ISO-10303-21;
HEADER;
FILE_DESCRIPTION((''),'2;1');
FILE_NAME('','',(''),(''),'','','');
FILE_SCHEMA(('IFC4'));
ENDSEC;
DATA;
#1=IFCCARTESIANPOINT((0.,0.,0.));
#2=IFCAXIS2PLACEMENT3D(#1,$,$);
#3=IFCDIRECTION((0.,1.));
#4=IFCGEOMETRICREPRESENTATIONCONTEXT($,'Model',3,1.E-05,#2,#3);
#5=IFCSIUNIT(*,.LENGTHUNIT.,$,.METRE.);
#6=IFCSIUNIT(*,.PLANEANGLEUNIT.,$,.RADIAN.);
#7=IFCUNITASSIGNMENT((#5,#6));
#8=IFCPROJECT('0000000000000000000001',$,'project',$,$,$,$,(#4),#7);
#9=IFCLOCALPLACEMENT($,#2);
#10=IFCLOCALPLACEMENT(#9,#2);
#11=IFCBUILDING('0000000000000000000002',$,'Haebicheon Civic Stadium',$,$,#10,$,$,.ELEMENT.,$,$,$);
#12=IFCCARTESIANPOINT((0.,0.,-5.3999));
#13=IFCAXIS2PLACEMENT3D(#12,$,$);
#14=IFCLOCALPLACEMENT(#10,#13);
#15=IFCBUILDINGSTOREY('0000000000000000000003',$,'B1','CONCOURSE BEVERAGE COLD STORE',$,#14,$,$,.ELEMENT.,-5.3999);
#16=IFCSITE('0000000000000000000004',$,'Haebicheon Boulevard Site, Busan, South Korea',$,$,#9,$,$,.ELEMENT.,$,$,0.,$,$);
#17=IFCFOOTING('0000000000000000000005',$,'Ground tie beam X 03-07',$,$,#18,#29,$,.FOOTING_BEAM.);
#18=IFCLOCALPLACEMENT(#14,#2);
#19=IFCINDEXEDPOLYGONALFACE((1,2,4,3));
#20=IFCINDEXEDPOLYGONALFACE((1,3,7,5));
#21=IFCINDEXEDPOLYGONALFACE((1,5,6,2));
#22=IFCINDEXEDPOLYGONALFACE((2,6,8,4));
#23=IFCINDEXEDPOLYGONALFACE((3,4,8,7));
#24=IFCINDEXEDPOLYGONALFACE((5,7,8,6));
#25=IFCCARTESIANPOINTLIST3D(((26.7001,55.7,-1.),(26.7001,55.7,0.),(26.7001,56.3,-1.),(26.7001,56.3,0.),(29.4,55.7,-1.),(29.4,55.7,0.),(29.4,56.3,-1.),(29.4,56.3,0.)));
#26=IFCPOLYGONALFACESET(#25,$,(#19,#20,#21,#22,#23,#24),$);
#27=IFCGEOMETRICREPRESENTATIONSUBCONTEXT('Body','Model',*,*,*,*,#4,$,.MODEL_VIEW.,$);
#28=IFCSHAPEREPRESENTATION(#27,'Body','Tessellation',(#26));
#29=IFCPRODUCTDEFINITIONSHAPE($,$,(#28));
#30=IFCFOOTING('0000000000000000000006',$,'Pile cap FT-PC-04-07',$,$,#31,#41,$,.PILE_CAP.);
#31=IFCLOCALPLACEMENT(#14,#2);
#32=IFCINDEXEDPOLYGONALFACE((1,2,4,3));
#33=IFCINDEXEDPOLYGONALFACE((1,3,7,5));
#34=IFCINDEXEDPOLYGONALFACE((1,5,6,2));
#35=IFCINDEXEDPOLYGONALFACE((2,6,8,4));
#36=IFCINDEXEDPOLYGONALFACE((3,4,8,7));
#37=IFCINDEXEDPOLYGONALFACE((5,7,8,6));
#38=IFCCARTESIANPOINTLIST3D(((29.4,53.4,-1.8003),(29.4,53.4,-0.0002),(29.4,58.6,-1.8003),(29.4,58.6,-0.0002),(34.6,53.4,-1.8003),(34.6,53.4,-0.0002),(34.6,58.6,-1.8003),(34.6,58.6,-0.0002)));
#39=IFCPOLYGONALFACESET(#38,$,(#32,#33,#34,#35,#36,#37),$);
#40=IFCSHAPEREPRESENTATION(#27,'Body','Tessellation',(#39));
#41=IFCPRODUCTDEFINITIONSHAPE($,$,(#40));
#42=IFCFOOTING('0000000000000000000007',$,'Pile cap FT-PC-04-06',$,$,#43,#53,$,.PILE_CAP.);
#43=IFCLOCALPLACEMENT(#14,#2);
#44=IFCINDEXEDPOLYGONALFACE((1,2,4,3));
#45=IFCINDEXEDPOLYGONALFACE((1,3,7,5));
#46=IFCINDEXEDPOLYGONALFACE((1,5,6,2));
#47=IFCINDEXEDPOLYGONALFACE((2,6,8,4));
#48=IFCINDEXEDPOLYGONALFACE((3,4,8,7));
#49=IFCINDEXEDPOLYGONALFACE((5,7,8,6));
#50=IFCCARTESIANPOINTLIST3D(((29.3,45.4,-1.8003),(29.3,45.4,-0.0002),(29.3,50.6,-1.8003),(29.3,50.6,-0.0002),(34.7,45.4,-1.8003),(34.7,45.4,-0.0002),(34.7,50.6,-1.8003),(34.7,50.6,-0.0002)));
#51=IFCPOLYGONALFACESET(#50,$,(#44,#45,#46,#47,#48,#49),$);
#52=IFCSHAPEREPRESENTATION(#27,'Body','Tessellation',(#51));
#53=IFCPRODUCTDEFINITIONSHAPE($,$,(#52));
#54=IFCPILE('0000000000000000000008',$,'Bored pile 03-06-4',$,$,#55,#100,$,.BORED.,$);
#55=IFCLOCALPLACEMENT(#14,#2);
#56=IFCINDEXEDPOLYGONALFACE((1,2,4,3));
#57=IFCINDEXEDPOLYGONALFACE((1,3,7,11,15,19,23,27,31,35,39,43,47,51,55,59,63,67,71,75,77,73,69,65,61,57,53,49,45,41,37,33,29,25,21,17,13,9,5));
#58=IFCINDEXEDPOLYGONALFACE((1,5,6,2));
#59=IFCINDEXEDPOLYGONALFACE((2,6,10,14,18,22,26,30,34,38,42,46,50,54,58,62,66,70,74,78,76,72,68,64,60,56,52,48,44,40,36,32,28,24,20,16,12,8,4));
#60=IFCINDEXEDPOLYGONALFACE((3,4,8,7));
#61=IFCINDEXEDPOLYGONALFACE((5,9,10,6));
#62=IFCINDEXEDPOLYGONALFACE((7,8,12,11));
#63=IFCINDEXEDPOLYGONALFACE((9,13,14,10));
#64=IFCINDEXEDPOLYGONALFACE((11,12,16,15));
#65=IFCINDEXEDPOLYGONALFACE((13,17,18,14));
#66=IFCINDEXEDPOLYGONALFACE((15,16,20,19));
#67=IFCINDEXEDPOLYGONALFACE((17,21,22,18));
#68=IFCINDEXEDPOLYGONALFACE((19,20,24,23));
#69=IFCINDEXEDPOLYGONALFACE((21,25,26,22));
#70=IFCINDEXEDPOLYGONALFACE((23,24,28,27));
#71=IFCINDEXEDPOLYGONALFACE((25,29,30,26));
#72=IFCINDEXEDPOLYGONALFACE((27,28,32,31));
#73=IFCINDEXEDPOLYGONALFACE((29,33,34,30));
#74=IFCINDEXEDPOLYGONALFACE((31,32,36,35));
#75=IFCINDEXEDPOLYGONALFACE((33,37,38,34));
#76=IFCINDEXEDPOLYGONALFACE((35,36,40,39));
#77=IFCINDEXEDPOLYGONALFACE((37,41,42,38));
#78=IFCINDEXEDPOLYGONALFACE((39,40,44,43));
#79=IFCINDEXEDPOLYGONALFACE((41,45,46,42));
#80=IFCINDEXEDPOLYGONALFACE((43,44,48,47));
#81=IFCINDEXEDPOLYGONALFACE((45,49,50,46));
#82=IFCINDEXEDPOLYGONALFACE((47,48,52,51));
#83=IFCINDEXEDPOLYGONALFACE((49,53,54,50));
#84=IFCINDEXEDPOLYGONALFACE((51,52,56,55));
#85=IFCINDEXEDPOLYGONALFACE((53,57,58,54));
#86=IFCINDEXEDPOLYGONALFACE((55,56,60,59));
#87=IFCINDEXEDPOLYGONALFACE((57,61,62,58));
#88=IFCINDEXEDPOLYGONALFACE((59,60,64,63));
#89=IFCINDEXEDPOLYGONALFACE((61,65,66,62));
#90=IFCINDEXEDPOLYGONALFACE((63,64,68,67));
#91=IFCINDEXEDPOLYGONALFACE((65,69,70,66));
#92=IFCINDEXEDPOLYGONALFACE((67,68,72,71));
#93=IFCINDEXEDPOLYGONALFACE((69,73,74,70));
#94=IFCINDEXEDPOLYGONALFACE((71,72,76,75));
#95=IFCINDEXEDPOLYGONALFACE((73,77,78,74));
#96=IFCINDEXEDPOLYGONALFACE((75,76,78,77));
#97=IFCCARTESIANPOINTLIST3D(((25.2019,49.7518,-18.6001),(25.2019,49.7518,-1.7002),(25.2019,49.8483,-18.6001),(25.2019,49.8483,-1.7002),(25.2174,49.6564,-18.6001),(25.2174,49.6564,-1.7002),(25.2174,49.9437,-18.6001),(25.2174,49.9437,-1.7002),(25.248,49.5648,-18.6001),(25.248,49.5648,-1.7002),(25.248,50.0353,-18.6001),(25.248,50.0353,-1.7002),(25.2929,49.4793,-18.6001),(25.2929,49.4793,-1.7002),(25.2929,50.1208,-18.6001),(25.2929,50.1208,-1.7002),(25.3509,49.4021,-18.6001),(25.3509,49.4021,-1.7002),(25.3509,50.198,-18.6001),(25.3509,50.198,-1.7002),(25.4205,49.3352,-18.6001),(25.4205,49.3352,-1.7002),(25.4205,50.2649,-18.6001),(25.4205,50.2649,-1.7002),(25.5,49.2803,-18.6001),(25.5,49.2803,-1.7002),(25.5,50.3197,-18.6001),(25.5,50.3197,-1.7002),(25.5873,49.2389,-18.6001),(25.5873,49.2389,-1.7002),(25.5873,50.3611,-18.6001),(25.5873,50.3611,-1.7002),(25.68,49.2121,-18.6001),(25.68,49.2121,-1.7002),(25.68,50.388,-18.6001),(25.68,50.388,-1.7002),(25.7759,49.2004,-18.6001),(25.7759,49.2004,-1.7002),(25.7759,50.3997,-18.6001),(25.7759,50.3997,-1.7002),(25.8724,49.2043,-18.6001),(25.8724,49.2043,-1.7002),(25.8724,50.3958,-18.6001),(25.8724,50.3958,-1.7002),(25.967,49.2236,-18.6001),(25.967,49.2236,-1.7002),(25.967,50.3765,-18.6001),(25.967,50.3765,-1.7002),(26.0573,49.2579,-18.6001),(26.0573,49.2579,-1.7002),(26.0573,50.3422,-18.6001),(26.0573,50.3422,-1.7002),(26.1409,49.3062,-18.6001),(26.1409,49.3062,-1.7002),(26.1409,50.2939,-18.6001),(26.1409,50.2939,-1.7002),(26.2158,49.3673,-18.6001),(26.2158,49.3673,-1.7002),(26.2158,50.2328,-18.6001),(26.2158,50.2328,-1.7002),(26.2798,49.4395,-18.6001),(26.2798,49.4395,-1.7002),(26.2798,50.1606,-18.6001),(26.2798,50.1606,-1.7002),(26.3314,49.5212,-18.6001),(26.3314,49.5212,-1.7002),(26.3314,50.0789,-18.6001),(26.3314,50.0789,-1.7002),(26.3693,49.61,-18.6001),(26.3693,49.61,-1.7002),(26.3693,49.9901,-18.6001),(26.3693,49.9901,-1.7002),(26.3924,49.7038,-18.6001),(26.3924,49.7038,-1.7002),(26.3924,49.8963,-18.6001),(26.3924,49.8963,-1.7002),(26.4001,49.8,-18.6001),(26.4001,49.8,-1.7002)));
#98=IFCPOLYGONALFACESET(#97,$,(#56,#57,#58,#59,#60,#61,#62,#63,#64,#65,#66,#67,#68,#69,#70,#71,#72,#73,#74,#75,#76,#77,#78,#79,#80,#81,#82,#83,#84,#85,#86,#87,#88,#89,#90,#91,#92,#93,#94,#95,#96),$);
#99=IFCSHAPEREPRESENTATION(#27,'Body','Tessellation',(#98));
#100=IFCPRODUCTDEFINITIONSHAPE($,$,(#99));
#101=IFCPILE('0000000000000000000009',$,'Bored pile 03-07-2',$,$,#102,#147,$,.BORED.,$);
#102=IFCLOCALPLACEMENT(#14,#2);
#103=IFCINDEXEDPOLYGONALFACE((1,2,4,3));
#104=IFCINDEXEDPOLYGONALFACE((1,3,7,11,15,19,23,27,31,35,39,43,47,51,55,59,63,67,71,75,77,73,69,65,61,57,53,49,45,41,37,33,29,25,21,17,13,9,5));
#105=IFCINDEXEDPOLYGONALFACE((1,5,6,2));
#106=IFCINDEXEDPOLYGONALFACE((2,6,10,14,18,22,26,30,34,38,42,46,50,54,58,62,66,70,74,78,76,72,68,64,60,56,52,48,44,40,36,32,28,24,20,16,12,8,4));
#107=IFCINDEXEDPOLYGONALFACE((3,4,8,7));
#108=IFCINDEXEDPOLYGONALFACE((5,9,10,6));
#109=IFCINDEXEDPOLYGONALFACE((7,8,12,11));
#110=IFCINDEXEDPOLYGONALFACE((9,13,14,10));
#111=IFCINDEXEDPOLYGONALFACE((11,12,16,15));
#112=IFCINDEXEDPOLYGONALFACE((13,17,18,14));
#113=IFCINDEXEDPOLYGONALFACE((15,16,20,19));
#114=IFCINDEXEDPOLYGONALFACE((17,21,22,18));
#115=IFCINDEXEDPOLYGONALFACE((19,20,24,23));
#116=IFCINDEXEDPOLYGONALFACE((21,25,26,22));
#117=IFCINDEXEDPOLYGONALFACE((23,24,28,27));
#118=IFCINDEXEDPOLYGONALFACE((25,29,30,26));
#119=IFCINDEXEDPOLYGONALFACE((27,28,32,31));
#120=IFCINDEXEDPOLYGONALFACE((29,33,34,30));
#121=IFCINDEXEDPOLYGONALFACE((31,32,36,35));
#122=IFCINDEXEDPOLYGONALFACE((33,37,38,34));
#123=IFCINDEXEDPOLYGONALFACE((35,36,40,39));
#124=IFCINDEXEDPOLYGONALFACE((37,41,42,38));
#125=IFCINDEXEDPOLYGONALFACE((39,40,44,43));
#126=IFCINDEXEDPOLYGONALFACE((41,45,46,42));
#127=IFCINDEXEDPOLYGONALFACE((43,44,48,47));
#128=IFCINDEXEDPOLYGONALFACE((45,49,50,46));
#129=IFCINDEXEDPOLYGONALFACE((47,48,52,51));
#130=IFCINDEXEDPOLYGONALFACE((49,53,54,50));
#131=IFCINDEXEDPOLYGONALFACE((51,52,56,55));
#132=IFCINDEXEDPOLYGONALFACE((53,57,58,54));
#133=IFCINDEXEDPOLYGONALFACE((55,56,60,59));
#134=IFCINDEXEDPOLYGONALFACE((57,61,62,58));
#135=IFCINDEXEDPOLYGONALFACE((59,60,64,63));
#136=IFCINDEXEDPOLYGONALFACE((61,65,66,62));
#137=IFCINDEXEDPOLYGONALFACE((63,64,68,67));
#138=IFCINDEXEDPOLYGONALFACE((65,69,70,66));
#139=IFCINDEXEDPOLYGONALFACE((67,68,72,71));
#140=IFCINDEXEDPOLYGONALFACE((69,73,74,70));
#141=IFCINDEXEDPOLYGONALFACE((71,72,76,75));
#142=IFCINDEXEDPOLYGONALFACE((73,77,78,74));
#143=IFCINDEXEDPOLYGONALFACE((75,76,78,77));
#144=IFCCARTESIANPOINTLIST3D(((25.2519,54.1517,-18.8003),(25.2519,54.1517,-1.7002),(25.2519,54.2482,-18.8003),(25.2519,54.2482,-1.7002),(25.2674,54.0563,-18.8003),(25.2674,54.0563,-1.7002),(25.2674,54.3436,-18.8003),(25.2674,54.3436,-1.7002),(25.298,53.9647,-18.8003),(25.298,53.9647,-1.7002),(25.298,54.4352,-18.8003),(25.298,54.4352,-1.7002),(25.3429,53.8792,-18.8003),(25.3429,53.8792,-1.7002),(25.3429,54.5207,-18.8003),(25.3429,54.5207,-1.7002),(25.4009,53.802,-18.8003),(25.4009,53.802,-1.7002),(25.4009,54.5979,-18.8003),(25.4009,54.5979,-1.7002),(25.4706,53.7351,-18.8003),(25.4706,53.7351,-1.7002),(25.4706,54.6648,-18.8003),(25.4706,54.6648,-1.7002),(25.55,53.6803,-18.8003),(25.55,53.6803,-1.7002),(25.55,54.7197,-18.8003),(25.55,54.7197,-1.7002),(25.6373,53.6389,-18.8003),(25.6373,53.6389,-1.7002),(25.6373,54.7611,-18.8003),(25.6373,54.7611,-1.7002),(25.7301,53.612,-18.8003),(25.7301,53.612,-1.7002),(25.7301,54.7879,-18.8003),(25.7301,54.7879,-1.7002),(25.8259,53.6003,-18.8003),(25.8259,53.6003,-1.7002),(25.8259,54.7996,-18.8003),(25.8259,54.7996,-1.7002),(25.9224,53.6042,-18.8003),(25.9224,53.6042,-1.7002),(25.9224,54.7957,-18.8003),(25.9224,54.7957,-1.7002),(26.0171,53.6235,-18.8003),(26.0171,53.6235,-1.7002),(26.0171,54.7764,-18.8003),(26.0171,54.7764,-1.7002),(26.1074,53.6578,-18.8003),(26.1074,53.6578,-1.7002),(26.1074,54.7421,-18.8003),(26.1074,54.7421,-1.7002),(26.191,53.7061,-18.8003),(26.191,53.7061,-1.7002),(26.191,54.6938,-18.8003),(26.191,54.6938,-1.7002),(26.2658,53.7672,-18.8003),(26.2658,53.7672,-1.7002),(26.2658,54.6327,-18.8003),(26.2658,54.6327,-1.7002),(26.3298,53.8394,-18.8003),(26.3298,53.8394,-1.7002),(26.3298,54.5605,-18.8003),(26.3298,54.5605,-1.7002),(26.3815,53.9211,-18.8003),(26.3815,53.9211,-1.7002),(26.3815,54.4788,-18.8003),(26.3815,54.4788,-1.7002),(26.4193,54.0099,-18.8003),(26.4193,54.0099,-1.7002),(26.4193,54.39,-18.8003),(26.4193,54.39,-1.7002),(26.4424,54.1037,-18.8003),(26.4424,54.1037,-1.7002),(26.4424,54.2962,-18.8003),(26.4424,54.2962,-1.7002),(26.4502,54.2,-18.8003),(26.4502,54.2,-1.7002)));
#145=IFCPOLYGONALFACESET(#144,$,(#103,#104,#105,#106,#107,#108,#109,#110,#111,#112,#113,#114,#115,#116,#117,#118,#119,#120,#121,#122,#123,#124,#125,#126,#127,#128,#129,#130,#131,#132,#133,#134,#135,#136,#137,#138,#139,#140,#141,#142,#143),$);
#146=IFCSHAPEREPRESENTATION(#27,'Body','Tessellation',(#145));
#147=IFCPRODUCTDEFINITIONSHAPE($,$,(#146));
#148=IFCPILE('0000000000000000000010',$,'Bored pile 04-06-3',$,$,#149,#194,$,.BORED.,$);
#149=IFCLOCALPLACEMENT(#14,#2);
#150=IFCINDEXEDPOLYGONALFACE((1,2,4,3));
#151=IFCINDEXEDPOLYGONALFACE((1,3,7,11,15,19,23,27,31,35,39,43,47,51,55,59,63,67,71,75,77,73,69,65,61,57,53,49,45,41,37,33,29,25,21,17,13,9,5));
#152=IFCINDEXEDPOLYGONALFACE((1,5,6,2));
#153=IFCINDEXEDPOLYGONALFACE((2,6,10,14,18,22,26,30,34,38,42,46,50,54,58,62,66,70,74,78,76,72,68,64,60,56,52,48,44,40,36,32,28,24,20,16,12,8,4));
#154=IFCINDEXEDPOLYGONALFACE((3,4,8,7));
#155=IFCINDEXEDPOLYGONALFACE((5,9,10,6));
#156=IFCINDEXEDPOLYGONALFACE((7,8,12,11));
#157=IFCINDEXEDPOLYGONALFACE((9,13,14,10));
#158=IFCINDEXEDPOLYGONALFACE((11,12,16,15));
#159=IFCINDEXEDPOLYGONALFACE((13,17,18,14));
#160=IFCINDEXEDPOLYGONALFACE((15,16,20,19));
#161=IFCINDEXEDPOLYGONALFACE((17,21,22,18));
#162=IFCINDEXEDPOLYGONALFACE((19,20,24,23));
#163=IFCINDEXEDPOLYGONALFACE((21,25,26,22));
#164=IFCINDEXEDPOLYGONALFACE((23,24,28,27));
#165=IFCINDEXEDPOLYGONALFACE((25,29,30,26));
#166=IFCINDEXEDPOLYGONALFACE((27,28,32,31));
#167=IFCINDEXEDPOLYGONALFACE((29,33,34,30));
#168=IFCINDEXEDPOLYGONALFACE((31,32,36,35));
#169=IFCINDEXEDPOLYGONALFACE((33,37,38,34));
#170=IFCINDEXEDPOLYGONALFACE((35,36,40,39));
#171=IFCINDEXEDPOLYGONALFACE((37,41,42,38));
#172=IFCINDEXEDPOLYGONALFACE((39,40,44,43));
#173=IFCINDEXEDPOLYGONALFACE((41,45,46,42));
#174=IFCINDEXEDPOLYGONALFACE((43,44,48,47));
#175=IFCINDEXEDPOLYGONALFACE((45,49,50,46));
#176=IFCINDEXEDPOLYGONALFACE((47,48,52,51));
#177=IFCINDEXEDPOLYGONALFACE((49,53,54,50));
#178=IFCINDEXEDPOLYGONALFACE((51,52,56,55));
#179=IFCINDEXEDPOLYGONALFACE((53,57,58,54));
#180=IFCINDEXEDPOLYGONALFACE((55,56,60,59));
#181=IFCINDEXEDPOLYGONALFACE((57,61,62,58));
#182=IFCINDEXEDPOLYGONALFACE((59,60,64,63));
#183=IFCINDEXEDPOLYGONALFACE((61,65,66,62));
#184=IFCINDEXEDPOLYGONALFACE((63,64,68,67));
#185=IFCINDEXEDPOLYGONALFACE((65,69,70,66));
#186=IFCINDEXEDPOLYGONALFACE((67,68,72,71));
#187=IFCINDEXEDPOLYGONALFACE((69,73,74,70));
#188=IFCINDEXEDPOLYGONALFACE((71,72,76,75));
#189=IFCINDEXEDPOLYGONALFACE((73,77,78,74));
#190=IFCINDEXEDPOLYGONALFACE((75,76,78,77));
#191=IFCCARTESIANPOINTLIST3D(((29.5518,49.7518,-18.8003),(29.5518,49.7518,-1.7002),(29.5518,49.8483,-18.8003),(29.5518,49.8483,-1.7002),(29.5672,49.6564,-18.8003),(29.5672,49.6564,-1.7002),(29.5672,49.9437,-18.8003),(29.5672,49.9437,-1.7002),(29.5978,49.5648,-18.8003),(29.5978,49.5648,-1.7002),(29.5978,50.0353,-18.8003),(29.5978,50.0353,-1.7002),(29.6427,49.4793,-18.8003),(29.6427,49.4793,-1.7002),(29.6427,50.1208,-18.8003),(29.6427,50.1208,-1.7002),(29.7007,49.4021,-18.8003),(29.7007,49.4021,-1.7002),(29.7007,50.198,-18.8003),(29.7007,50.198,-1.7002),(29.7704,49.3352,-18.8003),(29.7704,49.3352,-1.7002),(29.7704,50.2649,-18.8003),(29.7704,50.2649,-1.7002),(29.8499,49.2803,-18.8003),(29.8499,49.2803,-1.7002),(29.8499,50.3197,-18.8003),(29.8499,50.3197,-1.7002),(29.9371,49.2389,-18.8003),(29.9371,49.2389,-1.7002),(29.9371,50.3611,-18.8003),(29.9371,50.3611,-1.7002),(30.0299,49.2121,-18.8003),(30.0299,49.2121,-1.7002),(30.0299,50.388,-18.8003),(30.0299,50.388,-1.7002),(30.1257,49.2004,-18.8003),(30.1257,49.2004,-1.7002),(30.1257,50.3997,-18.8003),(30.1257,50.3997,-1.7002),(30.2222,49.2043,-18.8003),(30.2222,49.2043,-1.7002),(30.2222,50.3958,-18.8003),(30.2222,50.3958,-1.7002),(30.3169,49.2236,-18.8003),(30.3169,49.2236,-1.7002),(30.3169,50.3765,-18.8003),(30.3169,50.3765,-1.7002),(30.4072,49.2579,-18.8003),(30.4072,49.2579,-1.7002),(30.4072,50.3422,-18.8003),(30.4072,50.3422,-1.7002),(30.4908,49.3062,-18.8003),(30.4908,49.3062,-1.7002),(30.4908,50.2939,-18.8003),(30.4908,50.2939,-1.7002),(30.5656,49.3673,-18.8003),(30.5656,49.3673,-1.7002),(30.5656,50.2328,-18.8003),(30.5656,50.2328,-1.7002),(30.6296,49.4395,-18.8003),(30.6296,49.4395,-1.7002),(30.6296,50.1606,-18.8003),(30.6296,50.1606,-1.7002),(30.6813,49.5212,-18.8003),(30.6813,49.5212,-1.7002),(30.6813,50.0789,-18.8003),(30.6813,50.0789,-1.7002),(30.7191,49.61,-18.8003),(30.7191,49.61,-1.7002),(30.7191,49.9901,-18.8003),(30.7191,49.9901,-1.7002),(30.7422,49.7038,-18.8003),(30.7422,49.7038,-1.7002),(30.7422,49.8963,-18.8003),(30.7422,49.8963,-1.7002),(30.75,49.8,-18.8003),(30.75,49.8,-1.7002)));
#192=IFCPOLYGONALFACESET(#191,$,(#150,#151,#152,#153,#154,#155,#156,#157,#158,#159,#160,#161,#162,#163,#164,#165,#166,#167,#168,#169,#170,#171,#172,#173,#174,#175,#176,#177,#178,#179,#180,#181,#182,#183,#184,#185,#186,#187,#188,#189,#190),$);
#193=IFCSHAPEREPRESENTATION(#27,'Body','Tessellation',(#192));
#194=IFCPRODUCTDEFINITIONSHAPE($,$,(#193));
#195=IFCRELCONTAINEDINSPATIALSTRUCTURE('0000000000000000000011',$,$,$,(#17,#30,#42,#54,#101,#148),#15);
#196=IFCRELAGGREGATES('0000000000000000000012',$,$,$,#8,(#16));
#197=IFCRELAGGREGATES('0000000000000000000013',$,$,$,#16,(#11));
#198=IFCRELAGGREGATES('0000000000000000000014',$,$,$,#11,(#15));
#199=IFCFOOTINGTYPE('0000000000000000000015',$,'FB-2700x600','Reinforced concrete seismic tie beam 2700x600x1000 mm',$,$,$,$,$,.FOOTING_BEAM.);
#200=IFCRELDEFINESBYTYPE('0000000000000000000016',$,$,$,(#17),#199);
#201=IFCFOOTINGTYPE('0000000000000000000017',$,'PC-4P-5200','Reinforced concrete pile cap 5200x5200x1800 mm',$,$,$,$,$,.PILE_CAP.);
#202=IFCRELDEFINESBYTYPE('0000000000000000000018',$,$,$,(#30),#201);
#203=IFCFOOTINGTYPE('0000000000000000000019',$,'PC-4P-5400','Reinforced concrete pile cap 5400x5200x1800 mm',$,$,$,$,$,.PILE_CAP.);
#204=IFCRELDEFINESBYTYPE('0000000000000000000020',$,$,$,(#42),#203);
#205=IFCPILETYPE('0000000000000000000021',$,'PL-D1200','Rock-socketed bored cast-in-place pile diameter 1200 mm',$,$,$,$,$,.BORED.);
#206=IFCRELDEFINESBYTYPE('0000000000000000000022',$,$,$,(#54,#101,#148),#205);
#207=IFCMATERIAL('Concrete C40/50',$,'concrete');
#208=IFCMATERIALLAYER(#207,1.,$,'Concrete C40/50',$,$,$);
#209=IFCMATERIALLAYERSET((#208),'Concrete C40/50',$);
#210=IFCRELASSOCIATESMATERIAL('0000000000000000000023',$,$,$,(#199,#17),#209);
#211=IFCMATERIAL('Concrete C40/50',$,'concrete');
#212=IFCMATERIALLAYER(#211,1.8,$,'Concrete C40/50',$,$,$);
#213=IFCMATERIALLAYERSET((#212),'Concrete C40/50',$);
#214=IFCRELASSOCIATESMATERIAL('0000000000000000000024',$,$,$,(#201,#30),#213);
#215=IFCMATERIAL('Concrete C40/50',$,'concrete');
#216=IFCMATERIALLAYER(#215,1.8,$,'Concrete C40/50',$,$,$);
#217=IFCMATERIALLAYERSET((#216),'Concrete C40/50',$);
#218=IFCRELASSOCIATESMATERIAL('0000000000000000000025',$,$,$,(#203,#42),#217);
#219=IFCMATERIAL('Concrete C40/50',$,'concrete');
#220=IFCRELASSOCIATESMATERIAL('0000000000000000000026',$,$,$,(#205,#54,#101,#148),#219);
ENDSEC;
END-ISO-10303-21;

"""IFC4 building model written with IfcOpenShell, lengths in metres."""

from ifc_helpers import new_model, si_unit, direction, frame, origin, origin_2d, place, context, subcontext, project, spatial, rectangle, circle, extrude, material, layer, layer_set, material_profile, profile_set, type_object, element, save


model = new_model("IFC4")

# Units and contexts
model_context = context("Model", 3, precision=1e-05, world=origin(), true_north=direction((0.0, 1.0)))
body_context = subcontext(model_context, "Body", "Model", "MODEL_VIEW")
ifc_project = project(units=[si_unit("LENGTHUNIT", "METRE"), si_unit("PLANEANGLEUNIT", "RADIAN")], contexts=[model_context])

# Site, building, storey
site_placement = place(None, origin())
site = spatial("IfcSite", under=ifc_project, at=site_placement, Name="Haebicheon Boulevard Site, Busan, South Korea", CompositionType="ELEMENT", RefElevation=0.0)
building_placement = place(site_placement, origin())
building = spatial("IfcBuilding", under=site, at=building_placement, Name="Haebicheon Civic Stadium", CompositionType="ELEMENT")
storey_placement = place(building_placement, frame((0.0, 0.0, -5.3999)))
storey = spatial("IfcBuildingStorey", under=building, at=storey_placement, Name="B1", Description="CONCOURSE BEVERAGE COLD STORE", CompositionType="ELEMENT", Elevation=-5.3999)

# Footings
ifc_material_1 = material(Name="Concrete C40/50", Category="concrete")
ifc_layer_1 = layer(ifc_material_1, 1.0, Name="Concrete C40/50")
ifc_layer_set_1 = layer_set([ifc_layer_1], Name="Concrete C40/50")
footing_type_1 = type_object("IfcFootingType", Name="FB-2700x600", Description="Reinforced concrete seismic tie beam 2700x600x1000 mm", PredefinedType="FOOTING_BEAM", material=ifc_layer_set_1)
footing_1_placement = place(storey_placement, frame((28.05, 56.0, -1.0), z_axis=(0.0, 0.0, 1.0), x_axis=(1.0, 0.0, 0.0)))
element("IfcFooting", 1, at=footing_1_placement, inside=storey, type_object=footing_type_1, material=ifc_layer_set_1, Name="Ground tie beam X 03-07", PredefinedType="FOOTING_BEAM", context=body_context, shape_type="SweptSolid", body=[
    extrude(rectangle(XDim=2.7, YDim=0.6001, at=origin_2d()), origin(), (0.0, 0.0, 1.0), 1.0),
])
ifc_material_2 = material(Name="Concrete C40/50", Category="concrete")
ifc_layer_2 = layer(ifc_material_2, 1.8, Name="Concrete C40/50")
ifc_layer_set_2 = layer_set([ifc_layer_2], Name="Concrete C40/50")
footing_type_2 = type_object("IfcFootingType", Name="PC-4P-5200", Description="Reinforced concrete pile cap 5200x5200x1800 mm", PredefinedType="PILE_CAP", material=ifc_layer_set_2)
footing_2_placement = place(storey_placement, frame((32.0, 56.0, -1.8003), z_axis=(0.0, 0.0, 1.0), x_axis=(1.0, 0.0, 0.0)))
element("IfcFooting", 2, at=footing_2_placement, inside=storey, type_object=footing_type_2, material=ifc_layer_set_2, Name="Pile cap FT-PC-04-07", PredefinedType="PILE_CAP", context=body_context, shape_type="SweptSolid", body=[
    extrude(rectangle(XDim=5.2, YDim=5.2, at=origin_2d()), origin(), (0.0, 0.0, 1.0), 1.8),
])
ifc_material_3 = material(Name="Concrete C40/50", Category="concrete")
ifc_layer_3 = layer(ifc_material_3, 1.8, Name="Concrete C40/50")
ifc_layer_set_3 = layer_set([ifc_layer_3], Name="Concrete C40/50")
footing_type_3 = type_object("IfcFootingType", Name="PC-4P-5400", Description="Reinforced concrete pile cap 5400x5200x1800 mm", PredefinedType="PILE_CAP", material=ifc_layer_set_3)
footing_3_placement = place(storey_placement, frame((32.0, 48.0, -1.8003), z_axis=(0.0, 0.0, 1.0), x_axis=(1.0, 0.0, 0.0)))
element("IfcFooting", 3, at=footing_3_placement, inside=storey, type_object=footing_type_3, material=ifc_layer_set_3, Name="Pile cap FT-PC-04-06", PredefinedType="PILE_CAP", context=body_context, shape_type="SweptSolid", body=[
    extrude(rectangle(XDim=5.3999, YDim=5.2, at=origin_2d()), origin(), (0.0, 0.0, 1.0), 1.8),
])

# Piles
ifc_material_4 = material(Name="Concrete C40/50", Category="concrete")
ifc_material_profile_1 = material_profile(ifc_material_4, circle(Radius=0.6001, at=origin_2d()), Name="PILE-D1200")
ifc_profile_set_1 = profile_set([ifc_material_profile_1], Name="Concrete C40/50")
pile_type = type_object("IfcPileType", Name="PL-D1200", Description="Rock-socketed bored cast-in-place pile diameter 1200 mm", PredefinedType="BORED", material=ifc_profile_set_1)
pile_placement = place(storey_placement, frame((25.8, 49.8, -1.7002), z_axis=(0.0, 0.0, -1.0), x_axis=(1.0, 0.0, 0.0)))
element("IfcPile", 4, at=pile_placement, inside=storey, type_object=pile_type, material=ifc_profile_set_1, Name="Bored pile 03-06-4", PredefinedType="BORED", context=body_context, shape_type="SweptSolid", body=[
    extrude(circle(Radius=0.6001, at=origin_2d()), origin(), (0.0, 0.0, 1.0), 16.8999),
])
for number, where, z_axis, x_axis, name in (
    (5, (25.8501, 54.2, -1.7002), (0.0, 0.0, -1.0), (1.0, 0.0, 0.0), "Bored pile 03-07-2"),
    (6, (30.1499, 49.8, -1.7002), (0.0, 0.0, -1.0), (1.0, 0.0, 0.0), "Bored pile 04-06-3"),
):
    element("IfcPile", number, at=place(storey_placement, frame(where, z_axis=z_axis, x_axis=x_axis)), inside=storey, type_object=pile_type, material=ifc_profile_set_1, Name=name, PredefinedType="BORED", context=body_context, shape_type="SweptSolid", body=[
        extrude(circle(Radius=0.6001, at=origin_2d()), origin(), (0.0, 0.0, 1.0), 17.1001),
    ])

save(model, "model.ifc")
